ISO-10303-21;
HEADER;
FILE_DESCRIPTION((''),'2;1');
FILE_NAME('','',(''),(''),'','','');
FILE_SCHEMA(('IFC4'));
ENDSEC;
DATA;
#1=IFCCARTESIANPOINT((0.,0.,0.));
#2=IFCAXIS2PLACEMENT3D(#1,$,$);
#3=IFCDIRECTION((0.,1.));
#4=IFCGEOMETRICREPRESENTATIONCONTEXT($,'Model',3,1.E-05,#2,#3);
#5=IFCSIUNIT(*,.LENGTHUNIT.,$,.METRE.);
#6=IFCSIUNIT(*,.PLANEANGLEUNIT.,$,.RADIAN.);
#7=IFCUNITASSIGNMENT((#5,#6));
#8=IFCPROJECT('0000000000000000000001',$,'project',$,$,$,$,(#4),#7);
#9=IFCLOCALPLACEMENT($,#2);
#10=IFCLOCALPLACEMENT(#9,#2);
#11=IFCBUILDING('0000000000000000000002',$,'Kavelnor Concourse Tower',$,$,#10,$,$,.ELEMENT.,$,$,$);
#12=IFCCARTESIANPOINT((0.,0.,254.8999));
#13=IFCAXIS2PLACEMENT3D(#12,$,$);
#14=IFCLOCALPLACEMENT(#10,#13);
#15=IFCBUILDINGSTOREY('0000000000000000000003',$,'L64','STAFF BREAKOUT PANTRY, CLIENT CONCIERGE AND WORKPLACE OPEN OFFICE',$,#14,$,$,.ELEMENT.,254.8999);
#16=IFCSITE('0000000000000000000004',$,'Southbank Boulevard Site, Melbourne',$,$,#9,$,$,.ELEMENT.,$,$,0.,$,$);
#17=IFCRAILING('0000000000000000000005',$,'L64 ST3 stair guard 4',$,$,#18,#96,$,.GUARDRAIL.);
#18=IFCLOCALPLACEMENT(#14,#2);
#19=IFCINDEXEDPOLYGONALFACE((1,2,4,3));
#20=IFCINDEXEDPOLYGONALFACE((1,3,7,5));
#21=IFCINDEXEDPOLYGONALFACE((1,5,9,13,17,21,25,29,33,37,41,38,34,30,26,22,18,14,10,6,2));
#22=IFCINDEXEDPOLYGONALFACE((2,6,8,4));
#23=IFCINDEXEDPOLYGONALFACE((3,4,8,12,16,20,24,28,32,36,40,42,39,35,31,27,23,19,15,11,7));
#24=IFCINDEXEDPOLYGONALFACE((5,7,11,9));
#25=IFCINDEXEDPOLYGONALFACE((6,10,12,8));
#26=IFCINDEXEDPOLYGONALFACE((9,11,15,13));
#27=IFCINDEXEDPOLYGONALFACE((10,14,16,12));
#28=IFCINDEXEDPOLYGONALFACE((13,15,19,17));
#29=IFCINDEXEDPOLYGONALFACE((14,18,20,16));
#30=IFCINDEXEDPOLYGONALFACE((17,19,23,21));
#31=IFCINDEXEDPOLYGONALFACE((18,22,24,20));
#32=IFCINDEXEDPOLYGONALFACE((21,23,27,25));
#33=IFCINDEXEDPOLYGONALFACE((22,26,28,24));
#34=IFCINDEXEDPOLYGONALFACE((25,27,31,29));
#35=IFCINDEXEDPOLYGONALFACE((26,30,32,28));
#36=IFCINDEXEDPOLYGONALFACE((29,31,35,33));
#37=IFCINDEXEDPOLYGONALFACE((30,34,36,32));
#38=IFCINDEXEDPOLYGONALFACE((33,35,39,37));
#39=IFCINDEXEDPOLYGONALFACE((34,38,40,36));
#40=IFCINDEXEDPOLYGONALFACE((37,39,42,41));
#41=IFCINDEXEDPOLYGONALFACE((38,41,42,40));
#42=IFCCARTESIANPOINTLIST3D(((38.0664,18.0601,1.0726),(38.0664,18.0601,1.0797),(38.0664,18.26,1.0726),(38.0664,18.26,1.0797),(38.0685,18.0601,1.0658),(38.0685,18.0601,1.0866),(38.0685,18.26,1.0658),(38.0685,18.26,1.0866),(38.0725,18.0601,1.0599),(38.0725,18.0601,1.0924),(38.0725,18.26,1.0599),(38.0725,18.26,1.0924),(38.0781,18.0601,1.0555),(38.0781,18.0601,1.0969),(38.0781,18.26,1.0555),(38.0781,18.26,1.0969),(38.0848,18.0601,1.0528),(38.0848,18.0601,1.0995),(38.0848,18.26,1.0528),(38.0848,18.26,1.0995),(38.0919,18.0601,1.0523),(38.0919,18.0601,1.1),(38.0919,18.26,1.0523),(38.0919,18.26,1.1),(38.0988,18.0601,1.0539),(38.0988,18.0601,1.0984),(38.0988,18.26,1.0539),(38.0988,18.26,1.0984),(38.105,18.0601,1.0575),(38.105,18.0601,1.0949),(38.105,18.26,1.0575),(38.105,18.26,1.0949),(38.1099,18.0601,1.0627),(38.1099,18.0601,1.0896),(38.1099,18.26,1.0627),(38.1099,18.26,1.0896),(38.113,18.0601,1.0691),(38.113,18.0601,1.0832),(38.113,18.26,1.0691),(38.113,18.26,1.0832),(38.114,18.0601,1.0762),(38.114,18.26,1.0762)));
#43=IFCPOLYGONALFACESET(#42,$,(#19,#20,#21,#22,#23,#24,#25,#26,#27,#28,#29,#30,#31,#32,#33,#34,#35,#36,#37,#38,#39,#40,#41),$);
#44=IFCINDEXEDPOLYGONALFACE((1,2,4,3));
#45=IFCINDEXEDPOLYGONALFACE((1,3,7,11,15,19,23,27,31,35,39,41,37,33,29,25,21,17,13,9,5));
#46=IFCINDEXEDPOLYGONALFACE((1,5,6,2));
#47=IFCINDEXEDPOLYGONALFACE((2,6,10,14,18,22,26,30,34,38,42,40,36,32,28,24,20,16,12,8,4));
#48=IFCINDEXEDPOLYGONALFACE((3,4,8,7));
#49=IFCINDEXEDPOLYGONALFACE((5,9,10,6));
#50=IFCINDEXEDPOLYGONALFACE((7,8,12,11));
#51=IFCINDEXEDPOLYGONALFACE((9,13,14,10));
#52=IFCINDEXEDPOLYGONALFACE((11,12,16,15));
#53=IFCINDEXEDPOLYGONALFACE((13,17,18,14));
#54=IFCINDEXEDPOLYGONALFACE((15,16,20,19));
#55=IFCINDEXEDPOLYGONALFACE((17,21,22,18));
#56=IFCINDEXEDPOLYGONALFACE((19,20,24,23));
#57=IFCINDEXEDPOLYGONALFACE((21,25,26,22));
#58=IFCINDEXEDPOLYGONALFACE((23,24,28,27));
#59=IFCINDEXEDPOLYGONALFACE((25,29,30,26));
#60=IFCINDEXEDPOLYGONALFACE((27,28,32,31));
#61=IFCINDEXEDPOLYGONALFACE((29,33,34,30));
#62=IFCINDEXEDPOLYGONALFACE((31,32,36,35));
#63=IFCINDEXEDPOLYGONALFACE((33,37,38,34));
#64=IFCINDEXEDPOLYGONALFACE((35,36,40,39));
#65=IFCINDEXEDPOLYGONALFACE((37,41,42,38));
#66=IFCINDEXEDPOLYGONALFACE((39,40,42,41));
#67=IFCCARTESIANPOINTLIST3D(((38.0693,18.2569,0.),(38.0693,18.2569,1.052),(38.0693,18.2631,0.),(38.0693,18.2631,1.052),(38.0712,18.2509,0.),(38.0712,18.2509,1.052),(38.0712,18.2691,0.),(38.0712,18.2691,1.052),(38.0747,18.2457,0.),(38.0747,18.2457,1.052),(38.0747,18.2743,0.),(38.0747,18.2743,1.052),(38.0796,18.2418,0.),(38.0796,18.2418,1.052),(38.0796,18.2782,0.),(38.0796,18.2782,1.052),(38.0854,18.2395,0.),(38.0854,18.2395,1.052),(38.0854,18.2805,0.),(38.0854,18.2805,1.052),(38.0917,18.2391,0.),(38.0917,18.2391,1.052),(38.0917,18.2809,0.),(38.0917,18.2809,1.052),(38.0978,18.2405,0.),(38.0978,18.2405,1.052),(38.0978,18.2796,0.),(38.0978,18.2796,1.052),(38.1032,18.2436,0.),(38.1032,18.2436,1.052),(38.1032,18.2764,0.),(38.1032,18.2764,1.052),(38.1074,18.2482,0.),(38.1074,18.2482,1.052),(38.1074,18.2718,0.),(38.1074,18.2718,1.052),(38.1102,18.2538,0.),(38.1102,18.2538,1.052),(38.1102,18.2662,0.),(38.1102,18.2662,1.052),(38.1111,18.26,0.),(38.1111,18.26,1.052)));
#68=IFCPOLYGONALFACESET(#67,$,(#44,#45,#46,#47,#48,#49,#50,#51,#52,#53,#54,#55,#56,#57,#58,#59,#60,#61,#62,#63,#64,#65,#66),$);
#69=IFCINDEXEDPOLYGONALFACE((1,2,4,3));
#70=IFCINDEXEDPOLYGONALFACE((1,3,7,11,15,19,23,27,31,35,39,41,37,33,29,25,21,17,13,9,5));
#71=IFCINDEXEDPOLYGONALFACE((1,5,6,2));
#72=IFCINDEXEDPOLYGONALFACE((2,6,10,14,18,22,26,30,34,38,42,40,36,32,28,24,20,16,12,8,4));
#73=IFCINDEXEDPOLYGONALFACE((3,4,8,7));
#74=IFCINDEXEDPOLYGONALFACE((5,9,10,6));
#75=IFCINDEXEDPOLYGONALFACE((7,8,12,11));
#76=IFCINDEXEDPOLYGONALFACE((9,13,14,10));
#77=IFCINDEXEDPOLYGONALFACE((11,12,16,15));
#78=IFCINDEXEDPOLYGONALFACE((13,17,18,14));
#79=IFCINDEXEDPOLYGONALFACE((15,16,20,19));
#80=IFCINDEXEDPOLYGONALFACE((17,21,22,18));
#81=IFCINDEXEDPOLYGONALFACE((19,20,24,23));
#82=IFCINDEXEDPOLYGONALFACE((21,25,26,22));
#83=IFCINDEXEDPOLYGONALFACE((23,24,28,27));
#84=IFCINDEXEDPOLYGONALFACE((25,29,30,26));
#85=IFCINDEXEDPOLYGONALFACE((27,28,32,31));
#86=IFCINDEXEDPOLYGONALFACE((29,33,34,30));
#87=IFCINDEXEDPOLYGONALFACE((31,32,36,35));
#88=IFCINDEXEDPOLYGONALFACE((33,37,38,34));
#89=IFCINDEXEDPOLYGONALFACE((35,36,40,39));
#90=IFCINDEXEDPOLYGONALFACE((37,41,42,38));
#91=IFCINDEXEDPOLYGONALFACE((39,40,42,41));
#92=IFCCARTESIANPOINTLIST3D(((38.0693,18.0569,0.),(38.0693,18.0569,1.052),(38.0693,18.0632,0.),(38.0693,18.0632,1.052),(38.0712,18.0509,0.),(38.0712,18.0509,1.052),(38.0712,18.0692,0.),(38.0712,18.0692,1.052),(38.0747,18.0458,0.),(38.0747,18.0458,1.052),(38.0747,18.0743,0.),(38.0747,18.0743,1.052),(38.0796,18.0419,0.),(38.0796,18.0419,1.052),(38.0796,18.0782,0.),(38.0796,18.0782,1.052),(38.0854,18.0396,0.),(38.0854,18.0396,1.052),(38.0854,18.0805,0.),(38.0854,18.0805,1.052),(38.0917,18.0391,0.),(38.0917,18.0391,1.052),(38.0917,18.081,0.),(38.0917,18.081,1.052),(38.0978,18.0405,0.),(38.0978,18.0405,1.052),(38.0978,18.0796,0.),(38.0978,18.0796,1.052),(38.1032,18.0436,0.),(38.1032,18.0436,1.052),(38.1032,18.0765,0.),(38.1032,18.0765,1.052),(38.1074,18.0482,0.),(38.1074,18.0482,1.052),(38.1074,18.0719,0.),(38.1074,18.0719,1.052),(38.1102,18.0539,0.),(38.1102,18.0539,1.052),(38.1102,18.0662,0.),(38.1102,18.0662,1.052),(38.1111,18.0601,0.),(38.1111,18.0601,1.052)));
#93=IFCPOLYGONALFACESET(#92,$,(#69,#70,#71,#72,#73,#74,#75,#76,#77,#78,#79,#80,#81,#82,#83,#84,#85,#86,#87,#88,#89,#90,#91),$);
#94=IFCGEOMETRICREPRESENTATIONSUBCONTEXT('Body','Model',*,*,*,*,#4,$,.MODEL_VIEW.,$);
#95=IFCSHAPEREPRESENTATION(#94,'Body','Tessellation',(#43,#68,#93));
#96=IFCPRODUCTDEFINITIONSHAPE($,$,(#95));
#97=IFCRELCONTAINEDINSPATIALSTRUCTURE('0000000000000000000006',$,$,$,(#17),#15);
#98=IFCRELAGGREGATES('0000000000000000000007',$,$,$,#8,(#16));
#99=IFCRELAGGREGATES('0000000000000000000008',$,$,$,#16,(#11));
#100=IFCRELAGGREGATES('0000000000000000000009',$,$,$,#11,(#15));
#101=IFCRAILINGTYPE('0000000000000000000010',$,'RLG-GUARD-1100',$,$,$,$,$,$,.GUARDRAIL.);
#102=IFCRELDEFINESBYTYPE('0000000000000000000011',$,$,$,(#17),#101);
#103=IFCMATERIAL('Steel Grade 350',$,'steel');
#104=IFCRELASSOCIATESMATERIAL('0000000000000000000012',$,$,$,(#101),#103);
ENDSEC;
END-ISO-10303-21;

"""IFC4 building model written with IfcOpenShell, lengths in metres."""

from ifc_helpers import new_model, si_unit, direction, frame, origin, origin_2d, place, context, subcontext, project, spatial, circle, extrude, material, type_object, element, save


model = new_model("IFC4")

# Units and contexts
model_context = context("Model", 3, precision=1e-05, world=origin(), true_north=direction((0.0, 1.0)))
body_context = subcontext(model_context, "Body", "Model", "MODEL_VIEW")
ifc_project = project(units=[si_unit("LENGTHUNIT", "METRE"), si_unit("PLANEANGLEUNIT", "RADIAN")], contexts=[model_context])

# Site, building, storey
site_placement = place(None, origin())
site = spatial("IfcSite", under=ifc_project, at=site_placement, Name="Southbank Boulevard Site, Melbourne", CompositionType="ELEMENT", RefElevation=0.0)
building_placement = place(site_placement, origin())
building = spatial("IfcBuilding", under=site, at=building_placement, Name="Kavelnor Concourse Tower", CompositionType="ELEMENT")
storey_placement = place(building_placement, frame((0.0, 0.0, 254.8999)))
storey = spatial("IfcBuildingStorey", under=building, at=storey_placement, Name="L64", Description="STAFF BREAKOUT PANTRY, CLIENT CONCIERGE AND WORKPLACE OPEN OFFICE", CompositionType="ELEMENT", Elevation=254.8999)

# Shared definitions
ifc_material_1 = material(Name="Steel Grade 350", Category="steel")

# Railing
railing_type_1 = type_object("IfcRailingType", Name="RLG-GUARD-1100", PredefinedType="GUARDRAIL", material=ifc_material_1)
railing_1_placement = place(storey_placement, frame((38.0901, 18.26, 0.0)))
element("IfcRailing", 1, at=railing_1_placement, inside=storey, type_object=railing_type_1, Name="L64 ST3 stair guard 4", PredefinedType="GUARDRAIL", context=body_context, shape_type="SweptSolid", body=[
    extrude(circle(Radius=0.0239, at=origin_2d()), frame((0.0, 0.0, 1.0762), z_axis=(0.0, -1.0, 0.0), x_axis=(1.0, 0.0, 0.0)), (0.0, 0.0, 1.0), 0.2),
    extrude(circle(Radius=0.021, at=origin_2d()), origin(), (0.0, 0.0, 1.0), 1.052),
    extrude(circle(Radius=0.021, at=origin_2d()), frame((0.0, -0.2, 0.0)), (0.0, 0.0, 1.0), 1.052),
])

save(model, "model.ifc")
